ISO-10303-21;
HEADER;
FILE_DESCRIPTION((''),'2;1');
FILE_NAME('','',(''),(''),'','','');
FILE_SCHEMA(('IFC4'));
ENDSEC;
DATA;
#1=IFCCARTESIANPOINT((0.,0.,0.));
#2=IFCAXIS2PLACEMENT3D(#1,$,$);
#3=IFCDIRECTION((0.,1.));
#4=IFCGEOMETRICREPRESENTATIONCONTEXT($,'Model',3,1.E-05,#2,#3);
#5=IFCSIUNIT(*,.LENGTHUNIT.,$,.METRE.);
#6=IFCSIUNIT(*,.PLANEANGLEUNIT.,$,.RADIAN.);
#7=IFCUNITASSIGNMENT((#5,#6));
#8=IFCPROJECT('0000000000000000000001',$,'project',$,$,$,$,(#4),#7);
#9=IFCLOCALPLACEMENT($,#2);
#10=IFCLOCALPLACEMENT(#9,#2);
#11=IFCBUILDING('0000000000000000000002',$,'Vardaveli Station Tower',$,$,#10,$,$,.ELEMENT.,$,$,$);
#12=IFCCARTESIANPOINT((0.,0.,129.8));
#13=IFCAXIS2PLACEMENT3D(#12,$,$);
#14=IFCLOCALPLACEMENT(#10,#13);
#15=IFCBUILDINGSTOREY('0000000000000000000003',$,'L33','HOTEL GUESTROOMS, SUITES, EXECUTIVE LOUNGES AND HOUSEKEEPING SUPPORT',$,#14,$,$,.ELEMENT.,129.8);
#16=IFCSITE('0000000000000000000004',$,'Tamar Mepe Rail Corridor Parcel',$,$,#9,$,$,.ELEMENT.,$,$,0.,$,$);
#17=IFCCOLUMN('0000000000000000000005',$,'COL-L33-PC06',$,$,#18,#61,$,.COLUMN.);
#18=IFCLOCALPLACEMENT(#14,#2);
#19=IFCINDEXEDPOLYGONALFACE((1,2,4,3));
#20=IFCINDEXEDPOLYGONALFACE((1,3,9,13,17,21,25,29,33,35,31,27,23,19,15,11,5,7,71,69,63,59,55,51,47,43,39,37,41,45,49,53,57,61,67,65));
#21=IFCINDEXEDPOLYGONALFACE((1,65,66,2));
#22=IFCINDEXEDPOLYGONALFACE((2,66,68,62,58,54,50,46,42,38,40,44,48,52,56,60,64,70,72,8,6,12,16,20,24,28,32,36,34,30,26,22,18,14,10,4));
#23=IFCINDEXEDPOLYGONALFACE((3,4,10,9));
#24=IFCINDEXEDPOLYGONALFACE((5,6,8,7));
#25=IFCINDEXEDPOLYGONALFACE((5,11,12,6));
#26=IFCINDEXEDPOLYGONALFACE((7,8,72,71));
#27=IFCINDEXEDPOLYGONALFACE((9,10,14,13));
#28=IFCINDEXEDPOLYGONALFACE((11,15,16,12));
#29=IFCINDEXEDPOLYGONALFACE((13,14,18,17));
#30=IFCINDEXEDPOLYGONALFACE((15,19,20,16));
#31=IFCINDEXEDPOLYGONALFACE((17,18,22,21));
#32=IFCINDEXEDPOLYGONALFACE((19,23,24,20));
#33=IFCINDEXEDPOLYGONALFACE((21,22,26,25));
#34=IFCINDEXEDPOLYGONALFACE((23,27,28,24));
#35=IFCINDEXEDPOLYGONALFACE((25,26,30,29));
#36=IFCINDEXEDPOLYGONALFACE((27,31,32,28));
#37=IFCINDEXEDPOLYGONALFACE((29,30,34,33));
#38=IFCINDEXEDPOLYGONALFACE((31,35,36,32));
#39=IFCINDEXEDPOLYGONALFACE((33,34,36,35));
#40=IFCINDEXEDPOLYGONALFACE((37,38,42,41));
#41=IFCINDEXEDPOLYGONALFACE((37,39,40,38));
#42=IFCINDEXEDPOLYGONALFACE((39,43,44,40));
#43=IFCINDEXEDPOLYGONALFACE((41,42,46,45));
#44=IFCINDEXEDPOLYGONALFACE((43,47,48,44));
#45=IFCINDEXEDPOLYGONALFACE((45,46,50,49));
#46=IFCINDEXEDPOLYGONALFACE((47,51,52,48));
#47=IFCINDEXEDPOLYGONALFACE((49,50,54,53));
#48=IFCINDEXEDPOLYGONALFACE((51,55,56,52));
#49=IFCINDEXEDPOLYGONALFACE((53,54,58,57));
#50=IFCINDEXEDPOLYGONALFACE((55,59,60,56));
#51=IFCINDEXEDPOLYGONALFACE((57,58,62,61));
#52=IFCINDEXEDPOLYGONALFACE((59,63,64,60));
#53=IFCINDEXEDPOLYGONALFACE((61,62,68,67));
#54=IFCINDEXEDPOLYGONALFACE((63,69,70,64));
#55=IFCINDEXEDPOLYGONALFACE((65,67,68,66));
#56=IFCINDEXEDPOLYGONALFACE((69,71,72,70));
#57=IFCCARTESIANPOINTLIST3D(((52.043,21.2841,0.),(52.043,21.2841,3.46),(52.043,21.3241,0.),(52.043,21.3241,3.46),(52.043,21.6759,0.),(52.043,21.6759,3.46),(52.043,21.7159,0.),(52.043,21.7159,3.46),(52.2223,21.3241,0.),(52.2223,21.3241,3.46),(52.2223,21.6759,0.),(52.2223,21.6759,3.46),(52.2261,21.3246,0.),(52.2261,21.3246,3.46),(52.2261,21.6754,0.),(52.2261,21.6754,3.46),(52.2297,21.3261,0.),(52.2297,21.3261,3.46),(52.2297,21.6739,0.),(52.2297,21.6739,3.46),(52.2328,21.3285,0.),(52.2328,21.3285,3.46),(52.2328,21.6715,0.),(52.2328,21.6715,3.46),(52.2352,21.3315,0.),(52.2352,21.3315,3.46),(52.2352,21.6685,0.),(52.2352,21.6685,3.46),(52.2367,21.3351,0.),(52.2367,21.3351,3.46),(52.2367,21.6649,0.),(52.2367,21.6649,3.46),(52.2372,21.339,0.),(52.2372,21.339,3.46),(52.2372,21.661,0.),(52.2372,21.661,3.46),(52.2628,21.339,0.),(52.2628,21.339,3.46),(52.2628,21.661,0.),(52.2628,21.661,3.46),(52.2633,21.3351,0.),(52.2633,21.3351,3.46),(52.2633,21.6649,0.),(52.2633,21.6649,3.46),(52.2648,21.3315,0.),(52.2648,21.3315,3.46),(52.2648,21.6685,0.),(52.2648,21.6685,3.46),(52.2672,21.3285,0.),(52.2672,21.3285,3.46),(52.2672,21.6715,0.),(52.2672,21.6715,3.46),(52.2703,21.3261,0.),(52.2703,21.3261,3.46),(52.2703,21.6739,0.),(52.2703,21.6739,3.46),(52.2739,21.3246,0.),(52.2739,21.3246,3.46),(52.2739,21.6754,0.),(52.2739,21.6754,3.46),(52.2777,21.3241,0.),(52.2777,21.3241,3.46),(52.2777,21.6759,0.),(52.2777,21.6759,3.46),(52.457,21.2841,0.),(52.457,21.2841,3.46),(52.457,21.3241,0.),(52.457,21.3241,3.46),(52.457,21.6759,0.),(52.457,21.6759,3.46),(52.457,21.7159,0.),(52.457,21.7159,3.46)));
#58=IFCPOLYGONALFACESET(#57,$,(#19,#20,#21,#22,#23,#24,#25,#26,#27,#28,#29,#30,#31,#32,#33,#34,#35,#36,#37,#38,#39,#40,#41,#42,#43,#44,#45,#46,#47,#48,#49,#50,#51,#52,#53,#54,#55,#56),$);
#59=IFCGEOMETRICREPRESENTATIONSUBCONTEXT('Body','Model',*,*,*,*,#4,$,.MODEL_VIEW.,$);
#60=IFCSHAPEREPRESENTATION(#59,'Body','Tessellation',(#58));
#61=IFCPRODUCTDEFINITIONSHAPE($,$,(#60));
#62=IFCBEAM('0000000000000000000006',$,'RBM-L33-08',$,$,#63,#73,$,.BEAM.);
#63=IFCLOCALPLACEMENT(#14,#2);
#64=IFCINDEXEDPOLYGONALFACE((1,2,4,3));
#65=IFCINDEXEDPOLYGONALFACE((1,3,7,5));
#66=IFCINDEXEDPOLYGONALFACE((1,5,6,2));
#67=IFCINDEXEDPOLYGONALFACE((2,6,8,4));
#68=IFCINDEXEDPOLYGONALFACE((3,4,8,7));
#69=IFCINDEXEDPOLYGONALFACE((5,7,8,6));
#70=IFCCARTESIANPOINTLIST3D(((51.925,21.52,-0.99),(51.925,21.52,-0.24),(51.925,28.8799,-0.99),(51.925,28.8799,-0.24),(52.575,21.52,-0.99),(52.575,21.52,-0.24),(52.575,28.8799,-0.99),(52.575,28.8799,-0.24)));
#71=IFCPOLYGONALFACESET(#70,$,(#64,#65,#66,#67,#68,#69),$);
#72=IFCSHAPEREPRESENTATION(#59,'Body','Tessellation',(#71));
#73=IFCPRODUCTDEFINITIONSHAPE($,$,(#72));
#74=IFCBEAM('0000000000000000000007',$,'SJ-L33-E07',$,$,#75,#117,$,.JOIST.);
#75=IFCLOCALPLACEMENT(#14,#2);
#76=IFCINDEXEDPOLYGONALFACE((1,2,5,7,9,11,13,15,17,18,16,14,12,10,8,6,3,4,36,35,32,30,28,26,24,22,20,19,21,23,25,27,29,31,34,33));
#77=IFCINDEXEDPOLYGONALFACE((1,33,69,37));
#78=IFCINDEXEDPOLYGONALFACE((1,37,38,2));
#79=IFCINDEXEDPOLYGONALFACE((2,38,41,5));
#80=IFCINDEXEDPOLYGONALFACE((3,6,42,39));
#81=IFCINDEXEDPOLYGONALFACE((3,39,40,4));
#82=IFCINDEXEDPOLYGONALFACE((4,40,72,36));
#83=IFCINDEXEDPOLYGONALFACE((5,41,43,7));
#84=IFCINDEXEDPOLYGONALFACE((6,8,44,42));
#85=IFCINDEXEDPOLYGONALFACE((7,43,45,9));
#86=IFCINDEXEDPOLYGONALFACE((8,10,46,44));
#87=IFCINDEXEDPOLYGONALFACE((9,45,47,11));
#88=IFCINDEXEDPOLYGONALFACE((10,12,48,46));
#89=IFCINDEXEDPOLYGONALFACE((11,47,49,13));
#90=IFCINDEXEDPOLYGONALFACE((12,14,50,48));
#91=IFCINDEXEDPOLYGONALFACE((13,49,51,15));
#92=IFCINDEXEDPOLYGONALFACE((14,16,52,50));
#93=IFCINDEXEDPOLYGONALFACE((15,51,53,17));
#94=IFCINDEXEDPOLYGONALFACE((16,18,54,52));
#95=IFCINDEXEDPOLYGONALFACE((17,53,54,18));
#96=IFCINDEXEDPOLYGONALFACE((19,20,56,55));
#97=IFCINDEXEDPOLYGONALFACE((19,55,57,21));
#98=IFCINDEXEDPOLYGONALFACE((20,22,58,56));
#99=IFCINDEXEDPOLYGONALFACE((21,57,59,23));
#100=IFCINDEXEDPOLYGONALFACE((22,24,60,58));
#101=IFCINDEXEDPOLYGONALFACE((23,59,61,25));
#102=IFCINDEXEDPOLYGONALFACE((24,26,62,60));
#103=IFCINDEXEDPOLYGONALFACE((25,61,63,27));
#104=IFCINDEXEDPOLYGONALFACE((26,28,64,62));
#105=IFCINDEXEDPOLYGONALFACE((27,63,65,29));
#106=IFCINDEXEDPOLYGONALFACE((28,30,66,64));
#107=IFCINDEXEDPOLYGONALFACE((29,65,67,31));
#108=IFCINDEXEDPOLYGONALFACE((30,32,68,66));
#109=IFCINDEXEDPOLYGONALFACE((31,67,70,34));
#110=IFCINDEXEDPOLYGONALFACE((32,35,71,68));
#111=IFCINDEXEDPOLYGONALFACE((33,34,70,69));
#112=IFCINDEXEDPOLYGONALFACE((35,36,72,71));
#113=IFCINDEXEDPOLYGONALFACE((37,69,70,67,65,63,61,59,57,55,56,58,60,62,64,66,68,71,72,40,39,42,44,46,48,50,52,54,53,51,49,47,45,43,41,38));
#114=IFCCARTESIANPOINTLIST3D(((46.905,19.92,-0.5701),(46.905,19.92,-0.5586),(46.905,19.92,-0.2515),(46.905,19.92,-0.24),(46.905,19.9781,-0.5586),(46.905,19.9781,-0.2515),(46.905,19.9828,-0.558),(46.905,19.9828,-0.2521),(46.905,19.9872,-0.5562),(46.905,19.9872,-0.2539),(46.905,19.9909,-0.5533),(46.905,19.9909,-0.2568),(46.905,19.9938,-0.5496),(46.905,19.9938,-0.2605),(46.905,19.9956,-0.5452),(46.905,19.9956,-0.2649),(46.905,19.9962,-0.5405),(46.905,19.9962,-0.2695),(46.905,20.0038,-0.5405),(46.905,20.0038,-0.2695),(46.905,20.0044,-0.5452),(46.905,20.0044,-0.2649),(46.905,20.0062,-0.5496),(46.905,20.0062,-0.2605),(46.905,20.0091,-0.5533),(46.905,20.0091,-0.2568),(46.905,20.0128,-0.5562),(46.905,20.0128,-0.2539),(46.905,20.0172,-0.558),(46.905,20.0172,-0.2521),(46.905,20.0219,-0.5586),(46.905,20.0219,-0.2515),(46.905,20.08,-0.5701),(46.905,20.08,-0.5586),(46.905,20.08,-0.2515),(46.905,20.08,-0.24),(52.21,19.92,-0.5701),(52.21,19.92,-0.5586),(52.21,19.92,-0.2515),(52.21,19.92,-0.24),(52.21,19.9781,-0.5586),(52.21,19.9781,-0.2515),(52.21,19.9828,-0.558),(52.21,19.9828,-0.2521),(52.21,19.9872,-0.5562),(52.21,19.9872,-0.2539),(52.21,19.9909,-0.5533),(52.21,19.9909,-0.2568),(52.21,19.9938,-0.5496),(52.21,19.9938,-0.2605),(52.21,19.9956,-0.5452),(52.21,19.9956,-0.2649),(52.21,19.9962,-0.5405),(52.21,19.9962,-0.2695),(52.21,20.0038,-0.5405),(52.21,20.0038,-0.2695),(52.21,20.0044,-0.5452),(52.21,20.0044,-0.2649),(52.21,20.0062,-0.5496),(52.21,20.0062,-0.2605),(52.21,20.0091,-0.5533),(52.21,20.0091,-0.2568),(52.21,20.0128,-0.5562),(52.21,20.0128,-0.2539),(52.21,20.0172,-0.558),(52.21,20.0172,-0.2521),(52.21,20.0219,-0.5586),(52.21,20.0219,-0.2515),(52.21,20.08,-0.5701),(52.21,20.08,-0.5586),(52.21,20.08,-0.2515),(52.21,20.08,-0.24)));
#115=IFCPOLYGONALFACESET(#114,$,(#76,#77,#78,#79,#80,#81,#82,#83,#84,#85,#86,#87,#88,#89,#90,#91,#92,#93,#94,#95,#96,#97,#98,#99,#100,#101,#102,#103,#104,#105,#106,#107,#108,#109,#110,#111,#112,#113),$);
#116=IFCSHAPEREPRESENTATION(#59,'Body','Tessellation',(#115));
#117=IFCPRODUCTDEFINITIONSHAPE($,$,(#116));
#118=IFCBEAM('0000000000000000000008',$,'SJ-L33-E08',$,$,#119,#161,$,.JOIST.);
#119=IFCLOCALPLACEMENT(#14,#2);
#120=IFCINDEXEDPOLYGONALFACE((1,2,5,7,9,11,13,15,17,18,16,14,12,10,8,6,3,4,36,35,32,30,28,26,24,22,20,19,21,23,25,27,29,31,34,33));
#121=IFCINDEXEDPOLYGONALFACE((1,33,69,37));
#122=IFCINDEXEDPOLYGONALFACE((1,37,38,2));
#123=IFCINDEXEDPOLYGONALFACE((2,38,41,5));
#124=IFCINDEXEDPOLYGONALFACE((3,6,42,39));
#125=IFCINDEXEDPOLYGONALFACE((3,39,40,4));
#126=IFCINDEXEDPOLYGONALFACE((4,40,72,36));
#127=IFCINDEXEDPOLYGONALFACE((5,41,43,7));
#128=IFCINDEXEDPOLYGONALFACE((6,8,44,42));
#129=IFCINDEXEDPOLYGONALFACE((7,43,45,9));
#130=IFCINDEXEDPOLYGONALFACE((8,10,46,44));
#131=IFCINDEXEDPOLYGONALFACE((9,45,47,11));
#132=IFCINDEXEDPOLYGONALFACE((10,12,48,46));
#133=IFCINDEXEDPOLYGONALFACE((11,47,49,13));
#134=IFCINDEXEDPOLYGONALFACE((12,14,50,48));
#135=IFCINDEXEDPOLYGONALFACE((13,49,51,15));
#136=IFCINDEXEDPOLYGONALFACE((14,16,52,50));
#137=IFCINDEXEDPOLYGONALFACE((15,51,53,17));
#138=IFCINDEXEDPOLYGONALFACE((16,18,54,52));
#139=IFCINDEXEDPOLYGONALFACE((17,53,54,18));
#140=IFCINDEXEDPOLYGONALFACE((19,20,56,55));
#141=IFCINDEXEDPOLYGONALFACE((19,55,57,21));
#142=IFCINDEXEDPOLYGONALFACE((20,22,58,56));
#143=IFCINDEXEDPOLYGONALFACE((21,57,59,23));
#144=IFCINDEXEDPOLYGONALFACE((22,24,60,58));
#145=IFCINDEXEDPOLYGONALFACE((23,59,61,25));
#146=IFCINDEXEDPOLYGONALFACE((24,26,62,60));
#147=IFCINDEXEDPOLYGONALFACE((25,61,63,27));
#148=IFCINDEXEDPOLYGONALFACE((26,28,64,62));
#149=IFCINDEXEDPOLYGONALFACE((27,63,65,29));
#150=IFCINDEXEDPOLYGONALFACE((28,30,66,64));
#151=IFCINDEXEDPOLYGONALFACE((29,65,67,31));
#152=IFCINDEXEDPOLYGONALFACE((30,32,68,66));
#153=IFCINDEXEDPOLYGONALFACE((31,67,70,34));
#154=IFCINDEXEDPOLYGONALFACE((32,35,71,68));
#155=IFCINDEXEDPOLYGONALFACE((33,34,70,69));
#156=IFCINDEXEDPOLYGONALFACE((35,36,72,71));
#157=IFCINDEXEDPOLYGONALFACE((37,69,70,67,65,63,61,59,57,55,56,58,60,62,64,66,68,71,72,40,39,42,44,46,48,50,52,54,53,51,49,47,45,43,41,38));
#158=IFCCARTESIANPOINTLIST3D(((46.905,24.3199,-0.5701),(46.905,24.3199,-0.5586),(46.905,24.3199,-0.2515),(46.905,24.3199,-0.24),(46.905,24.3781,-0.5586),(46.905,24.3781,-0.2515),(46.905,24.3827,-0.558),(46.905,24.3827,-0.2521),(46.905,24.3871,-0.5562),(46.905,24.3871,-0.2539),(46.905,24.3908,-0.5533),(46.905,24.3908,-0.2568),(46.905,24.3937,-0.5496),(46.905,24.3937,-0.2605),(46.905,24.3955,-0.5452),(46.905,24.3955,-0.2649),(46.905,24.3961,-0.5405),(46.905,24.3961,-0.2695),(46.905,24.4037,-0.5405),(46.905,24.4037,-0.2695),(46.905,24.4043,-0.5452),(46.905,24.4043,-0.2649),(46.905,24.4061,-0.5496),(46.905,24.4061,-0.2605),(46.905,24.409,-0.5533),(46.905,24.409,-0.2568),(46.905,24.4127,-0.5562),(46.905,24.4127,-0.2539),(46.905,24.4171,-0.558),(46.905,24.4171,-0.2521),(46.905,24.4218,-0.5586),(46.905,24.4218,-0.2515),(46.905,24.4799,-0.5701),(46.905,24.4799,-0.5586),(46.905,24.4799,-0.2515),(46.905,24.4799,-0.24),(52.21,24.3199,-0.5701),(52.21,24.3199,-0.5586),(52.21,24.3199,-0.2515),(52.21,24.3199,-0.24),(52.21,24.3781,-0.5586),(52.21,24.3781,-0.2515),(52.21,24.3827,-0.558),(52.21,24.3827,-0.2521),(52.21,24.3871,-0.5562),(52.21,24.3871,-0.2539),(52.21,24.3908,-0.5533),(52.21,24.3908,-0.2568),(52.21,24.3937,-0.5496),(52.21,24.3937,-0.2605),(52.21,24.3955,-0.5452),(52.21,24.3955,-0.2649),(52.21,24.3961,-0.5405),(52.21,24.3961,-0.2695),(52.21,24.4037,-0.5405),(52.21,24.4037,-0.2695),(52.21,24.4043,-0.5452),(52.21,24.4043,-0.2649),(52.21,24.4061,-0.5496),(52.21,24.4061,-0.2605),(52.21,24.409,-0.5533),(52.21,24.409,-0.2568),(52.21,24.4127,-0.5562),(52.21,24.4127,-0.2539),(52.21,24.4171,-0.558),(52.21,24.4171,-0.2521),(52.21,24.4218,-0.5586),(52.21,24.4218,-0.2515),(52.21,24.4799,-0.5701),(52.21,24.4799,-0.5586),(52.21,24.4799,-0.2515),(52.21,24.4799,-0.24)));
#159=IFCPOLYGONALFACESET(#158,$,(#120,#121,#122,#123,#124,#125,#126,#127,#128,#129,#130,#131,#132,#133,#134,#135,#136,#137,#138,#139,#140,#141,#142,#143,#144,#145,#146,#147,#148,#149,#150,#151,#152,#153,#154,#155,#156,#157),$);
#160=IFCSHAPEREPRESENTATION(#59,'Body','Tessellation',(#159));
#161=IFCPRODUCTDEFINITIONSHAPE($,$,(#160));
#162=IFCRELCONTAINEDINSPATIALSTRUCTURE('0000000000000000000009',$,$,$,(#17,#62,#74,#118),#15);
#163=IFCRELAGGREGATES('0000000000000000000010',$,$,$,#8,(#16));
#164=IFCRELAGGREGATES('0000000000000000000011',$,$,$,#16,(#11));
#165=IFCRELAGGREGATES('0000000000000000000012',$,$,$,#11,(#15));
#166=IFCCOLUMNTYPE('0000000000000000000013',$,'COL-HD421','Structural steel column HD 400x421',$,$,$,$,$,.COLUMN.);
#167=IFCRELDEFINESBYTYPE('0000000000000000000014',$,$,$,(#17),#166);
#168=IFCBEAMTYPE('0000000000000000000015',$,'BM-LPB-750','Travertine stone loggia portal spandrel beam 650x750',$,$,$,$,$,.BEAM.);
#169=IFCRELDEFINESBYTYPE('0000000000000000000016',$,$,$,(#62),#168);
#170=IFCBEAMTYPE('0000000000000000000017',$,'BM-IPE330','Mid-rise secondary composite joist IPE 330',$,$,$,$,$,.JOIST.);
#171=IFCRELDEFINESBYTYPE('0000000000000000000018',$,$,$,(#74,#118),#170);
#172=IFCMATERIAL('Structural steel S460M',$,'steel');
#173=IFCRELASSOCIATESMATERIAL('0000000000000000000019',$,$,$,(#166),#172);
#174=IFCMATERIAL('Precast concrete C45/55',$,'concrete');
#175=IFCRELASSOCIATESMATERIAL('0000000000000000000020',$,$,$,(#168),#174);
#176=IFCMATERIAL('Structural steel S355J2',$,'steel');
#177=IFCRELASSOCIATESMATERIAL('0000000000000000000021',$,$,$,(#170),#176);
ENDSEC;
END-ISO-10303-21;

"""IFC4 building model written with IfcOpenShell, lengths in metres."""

from ifc_helpers import new_model, si_unit, direction, frame, origin, origin_2d, place, context, subcontext, project, spatial, rectangle, i_section, extrude, source, transform, mapped, material, material_profile, profile_set, type_object, element, save


model = new_model("IFC4")

# Units and contexts
model_context = context("Model", 3, precision=1e-05, world=origin(), true_north=direction((0.0, 1.0)))
body_context = subcontext(model_context, "Body", "Model", "MODEL_VIEW")
ifc_project = project(units=[si_unit("LENGTHUNIT", "METRE"), si_unit("PLANEANGLEUNIT", "RADIAN")], contexts=[model_context])

# Site, building, storey
site_placement = place(None, origin())
site = spatial("IfcSite", under=ifc_project, at=site_placement, Name="Tamar Mepe Rail Corridor Parcel", CompositionType="ELEMENT", RefElevation=0.0)
building_placement = place(site_placement, origin())
building = spatial("IfcBuilding", under=site, at=building_placement, Name="Vardaveli Station Tower", CompositionType="ELEMENT")
storey_placement = place(building_placement, frame((0.0, 0.0, 129.8)))
storey = spatial("IfcBuildingStorey", under=building, at=storey_placement, Name="L33", Description="HOTEL GUESTROOMS, SUITES, EXECUTIVE LOUNGES AND HOUSEKEEPING SUPPORT", CompositionType="ELEMENT", Elevation=129.8)

# Column
ifc_material_1 = material(Name="Structural steel S460M", Category="steel")
ifc_material_profile_1 = material_profile(ifc_material_1, i_section(OverallWidth=0.4141, OverallDepth=0.4319, WebThickness=0.0256, FlangeThickness=0.04, FilletRadius=0.0149, at=origin_2d()), Name="HD 400x421")
ifc_profile_set_1 = profile_set([ifc_material_profile_1], Name="Structural steel S460M")
column_type = type_object("IfcColumnType", Name="COL-HD421", Description="Structural steel column HD 400x421", PredefinedType="COLUMN", material=ifc_profile_set_1)
shared_shape_1 = source(origin(), body_context, "Body", "SweptSolid", [
    extrude(i_section(OverallWidth=0.4141, OverallDepth=0.4319, WebThickness=0.0256, FlangeThickness=0.04, FilletRadius=0.0149, at=origin_2d()), origin(), (0.0, 0.0, 1.0), 3.46),
])
column_placement = place(storey_placement, frame((52.25, 21.5, 0.0), z_axis=(0.0, 0.0, 1.0), x_axis=(1.0, 0.0, 0.0)))
element("IfcColumn", 1, at=column_placement, inside=storey, type_object=column_type, Name="COL-L33-PC06", PredefinedType="COLUMN", context=body_context, shape_type="MappedRepresentation", body=[
    mapped(shared_shape_1, transform((0.0, 0.0, 0.0), scale=1.0)),
])

# Beams
ifc_material_2 = material(Name="Precast concrete C45/55", Category="concrete")
ifc_material_profile_2 = material_profile(ifc_material_2, rectangle(XDim=0.6499, YDim=0.75, at=origin_2d()), Name="LPB 650x750")
ifc_profile_set_2 = profile_set([ifc_material_profile_2], Name="Precast concrete C45/55")
beam_type_1 = type_object("IfcBeamType", Name="BM-LPB-750", Description="Travertine stone loggia portal spandrel beam 650x750", PredefinedType="BEAM", material=ifc_profile_set_2)
shared_shape_2 = source(origin(), body_context, "Body", "SweptSolid", [
    extrude(rectangle(XDim=0.6499, YDim=0.75, at=origin_2d()), origin(), (0.0, 0.0, 1.0), 7.3599),
])
beam_1_placement = place(storey_placement, frame((52.25, 21.52, -0.615), z_axis=(0.0, 1.0, 0.0), x_axis=(-1.0, 0.0, 0.0)))
element("IfcBeam", 2, at=beam_1_placement, inside=storey, type_object=beam_type_1, Name="RBM-L33-08", PredefinedType="BEAM", context=body_context, shape_type="MappedRepresentation", body=[
    mapped(shared_shape_2, transform((0.0, 0.0, 0.0), scale=1.0)),
])
ifc_material_3 = material(Name="Structural steel S355J2", Category="steel")
ifc_material_profile_3 = material_profile(ifc_material_3, i_section(OverallWidth=0.1599, OverallDepth=0.3301, WebThickness=0.0076, FlangeThickness=0.0115, FilletRadius=0.0181, at=origin_2d()), Name="IPE 330")
ifc_profile_set_3 = profile_set([ifc_material_profile_3], Name="Structural steel S355J2")
beam_type_2 = type_object("IfcBeamType", Name="BM-IPE330", Description="Mid-rise secondary composite joist IPE 330", PredefinedType="JOIST", material=ifc_profile_set_3)
shared_shape_3 = source(origin(), body_context, "Body", "SweptSolid", [
    extrude(i_section(OverallWidth=0.1599, OverallDepth=0.3301, WebThickness=0.0076, FlangeThickness=0.0115, FilletRadius=0.0181, at=origin_2d()), origin(), (0.0, 0.0, 1.0), 5.3049),
])
for number, where, z_axis, x_axis, name in (
    (3, (46.905, 20.0, -0.405), (1.0, 0.0, 0.0), (0.0, 1.0, 0.0), "SJ-L33-E07"),
    (4, (46.905, 24.3999, -0.405), (1.0, 0.0, 0.0), (0.0, 1.0, 0.0), "SJ-L33-E08"),
):
    element("IfcBeam", number, at=place(storey_placement, frame(where, z_axis=z_axis, x_axis=x_axis)), inside=storey, type_object=beam_type_2, Name=name, PredefinedType="JOIST", context=body_context, shape_type="MappedRepresentation", body=[
        mapped(shared_shape_3, transform((0.0, 0.0, 0.0), scale=1.0)),
    ])

save(model, "model.ifc")
